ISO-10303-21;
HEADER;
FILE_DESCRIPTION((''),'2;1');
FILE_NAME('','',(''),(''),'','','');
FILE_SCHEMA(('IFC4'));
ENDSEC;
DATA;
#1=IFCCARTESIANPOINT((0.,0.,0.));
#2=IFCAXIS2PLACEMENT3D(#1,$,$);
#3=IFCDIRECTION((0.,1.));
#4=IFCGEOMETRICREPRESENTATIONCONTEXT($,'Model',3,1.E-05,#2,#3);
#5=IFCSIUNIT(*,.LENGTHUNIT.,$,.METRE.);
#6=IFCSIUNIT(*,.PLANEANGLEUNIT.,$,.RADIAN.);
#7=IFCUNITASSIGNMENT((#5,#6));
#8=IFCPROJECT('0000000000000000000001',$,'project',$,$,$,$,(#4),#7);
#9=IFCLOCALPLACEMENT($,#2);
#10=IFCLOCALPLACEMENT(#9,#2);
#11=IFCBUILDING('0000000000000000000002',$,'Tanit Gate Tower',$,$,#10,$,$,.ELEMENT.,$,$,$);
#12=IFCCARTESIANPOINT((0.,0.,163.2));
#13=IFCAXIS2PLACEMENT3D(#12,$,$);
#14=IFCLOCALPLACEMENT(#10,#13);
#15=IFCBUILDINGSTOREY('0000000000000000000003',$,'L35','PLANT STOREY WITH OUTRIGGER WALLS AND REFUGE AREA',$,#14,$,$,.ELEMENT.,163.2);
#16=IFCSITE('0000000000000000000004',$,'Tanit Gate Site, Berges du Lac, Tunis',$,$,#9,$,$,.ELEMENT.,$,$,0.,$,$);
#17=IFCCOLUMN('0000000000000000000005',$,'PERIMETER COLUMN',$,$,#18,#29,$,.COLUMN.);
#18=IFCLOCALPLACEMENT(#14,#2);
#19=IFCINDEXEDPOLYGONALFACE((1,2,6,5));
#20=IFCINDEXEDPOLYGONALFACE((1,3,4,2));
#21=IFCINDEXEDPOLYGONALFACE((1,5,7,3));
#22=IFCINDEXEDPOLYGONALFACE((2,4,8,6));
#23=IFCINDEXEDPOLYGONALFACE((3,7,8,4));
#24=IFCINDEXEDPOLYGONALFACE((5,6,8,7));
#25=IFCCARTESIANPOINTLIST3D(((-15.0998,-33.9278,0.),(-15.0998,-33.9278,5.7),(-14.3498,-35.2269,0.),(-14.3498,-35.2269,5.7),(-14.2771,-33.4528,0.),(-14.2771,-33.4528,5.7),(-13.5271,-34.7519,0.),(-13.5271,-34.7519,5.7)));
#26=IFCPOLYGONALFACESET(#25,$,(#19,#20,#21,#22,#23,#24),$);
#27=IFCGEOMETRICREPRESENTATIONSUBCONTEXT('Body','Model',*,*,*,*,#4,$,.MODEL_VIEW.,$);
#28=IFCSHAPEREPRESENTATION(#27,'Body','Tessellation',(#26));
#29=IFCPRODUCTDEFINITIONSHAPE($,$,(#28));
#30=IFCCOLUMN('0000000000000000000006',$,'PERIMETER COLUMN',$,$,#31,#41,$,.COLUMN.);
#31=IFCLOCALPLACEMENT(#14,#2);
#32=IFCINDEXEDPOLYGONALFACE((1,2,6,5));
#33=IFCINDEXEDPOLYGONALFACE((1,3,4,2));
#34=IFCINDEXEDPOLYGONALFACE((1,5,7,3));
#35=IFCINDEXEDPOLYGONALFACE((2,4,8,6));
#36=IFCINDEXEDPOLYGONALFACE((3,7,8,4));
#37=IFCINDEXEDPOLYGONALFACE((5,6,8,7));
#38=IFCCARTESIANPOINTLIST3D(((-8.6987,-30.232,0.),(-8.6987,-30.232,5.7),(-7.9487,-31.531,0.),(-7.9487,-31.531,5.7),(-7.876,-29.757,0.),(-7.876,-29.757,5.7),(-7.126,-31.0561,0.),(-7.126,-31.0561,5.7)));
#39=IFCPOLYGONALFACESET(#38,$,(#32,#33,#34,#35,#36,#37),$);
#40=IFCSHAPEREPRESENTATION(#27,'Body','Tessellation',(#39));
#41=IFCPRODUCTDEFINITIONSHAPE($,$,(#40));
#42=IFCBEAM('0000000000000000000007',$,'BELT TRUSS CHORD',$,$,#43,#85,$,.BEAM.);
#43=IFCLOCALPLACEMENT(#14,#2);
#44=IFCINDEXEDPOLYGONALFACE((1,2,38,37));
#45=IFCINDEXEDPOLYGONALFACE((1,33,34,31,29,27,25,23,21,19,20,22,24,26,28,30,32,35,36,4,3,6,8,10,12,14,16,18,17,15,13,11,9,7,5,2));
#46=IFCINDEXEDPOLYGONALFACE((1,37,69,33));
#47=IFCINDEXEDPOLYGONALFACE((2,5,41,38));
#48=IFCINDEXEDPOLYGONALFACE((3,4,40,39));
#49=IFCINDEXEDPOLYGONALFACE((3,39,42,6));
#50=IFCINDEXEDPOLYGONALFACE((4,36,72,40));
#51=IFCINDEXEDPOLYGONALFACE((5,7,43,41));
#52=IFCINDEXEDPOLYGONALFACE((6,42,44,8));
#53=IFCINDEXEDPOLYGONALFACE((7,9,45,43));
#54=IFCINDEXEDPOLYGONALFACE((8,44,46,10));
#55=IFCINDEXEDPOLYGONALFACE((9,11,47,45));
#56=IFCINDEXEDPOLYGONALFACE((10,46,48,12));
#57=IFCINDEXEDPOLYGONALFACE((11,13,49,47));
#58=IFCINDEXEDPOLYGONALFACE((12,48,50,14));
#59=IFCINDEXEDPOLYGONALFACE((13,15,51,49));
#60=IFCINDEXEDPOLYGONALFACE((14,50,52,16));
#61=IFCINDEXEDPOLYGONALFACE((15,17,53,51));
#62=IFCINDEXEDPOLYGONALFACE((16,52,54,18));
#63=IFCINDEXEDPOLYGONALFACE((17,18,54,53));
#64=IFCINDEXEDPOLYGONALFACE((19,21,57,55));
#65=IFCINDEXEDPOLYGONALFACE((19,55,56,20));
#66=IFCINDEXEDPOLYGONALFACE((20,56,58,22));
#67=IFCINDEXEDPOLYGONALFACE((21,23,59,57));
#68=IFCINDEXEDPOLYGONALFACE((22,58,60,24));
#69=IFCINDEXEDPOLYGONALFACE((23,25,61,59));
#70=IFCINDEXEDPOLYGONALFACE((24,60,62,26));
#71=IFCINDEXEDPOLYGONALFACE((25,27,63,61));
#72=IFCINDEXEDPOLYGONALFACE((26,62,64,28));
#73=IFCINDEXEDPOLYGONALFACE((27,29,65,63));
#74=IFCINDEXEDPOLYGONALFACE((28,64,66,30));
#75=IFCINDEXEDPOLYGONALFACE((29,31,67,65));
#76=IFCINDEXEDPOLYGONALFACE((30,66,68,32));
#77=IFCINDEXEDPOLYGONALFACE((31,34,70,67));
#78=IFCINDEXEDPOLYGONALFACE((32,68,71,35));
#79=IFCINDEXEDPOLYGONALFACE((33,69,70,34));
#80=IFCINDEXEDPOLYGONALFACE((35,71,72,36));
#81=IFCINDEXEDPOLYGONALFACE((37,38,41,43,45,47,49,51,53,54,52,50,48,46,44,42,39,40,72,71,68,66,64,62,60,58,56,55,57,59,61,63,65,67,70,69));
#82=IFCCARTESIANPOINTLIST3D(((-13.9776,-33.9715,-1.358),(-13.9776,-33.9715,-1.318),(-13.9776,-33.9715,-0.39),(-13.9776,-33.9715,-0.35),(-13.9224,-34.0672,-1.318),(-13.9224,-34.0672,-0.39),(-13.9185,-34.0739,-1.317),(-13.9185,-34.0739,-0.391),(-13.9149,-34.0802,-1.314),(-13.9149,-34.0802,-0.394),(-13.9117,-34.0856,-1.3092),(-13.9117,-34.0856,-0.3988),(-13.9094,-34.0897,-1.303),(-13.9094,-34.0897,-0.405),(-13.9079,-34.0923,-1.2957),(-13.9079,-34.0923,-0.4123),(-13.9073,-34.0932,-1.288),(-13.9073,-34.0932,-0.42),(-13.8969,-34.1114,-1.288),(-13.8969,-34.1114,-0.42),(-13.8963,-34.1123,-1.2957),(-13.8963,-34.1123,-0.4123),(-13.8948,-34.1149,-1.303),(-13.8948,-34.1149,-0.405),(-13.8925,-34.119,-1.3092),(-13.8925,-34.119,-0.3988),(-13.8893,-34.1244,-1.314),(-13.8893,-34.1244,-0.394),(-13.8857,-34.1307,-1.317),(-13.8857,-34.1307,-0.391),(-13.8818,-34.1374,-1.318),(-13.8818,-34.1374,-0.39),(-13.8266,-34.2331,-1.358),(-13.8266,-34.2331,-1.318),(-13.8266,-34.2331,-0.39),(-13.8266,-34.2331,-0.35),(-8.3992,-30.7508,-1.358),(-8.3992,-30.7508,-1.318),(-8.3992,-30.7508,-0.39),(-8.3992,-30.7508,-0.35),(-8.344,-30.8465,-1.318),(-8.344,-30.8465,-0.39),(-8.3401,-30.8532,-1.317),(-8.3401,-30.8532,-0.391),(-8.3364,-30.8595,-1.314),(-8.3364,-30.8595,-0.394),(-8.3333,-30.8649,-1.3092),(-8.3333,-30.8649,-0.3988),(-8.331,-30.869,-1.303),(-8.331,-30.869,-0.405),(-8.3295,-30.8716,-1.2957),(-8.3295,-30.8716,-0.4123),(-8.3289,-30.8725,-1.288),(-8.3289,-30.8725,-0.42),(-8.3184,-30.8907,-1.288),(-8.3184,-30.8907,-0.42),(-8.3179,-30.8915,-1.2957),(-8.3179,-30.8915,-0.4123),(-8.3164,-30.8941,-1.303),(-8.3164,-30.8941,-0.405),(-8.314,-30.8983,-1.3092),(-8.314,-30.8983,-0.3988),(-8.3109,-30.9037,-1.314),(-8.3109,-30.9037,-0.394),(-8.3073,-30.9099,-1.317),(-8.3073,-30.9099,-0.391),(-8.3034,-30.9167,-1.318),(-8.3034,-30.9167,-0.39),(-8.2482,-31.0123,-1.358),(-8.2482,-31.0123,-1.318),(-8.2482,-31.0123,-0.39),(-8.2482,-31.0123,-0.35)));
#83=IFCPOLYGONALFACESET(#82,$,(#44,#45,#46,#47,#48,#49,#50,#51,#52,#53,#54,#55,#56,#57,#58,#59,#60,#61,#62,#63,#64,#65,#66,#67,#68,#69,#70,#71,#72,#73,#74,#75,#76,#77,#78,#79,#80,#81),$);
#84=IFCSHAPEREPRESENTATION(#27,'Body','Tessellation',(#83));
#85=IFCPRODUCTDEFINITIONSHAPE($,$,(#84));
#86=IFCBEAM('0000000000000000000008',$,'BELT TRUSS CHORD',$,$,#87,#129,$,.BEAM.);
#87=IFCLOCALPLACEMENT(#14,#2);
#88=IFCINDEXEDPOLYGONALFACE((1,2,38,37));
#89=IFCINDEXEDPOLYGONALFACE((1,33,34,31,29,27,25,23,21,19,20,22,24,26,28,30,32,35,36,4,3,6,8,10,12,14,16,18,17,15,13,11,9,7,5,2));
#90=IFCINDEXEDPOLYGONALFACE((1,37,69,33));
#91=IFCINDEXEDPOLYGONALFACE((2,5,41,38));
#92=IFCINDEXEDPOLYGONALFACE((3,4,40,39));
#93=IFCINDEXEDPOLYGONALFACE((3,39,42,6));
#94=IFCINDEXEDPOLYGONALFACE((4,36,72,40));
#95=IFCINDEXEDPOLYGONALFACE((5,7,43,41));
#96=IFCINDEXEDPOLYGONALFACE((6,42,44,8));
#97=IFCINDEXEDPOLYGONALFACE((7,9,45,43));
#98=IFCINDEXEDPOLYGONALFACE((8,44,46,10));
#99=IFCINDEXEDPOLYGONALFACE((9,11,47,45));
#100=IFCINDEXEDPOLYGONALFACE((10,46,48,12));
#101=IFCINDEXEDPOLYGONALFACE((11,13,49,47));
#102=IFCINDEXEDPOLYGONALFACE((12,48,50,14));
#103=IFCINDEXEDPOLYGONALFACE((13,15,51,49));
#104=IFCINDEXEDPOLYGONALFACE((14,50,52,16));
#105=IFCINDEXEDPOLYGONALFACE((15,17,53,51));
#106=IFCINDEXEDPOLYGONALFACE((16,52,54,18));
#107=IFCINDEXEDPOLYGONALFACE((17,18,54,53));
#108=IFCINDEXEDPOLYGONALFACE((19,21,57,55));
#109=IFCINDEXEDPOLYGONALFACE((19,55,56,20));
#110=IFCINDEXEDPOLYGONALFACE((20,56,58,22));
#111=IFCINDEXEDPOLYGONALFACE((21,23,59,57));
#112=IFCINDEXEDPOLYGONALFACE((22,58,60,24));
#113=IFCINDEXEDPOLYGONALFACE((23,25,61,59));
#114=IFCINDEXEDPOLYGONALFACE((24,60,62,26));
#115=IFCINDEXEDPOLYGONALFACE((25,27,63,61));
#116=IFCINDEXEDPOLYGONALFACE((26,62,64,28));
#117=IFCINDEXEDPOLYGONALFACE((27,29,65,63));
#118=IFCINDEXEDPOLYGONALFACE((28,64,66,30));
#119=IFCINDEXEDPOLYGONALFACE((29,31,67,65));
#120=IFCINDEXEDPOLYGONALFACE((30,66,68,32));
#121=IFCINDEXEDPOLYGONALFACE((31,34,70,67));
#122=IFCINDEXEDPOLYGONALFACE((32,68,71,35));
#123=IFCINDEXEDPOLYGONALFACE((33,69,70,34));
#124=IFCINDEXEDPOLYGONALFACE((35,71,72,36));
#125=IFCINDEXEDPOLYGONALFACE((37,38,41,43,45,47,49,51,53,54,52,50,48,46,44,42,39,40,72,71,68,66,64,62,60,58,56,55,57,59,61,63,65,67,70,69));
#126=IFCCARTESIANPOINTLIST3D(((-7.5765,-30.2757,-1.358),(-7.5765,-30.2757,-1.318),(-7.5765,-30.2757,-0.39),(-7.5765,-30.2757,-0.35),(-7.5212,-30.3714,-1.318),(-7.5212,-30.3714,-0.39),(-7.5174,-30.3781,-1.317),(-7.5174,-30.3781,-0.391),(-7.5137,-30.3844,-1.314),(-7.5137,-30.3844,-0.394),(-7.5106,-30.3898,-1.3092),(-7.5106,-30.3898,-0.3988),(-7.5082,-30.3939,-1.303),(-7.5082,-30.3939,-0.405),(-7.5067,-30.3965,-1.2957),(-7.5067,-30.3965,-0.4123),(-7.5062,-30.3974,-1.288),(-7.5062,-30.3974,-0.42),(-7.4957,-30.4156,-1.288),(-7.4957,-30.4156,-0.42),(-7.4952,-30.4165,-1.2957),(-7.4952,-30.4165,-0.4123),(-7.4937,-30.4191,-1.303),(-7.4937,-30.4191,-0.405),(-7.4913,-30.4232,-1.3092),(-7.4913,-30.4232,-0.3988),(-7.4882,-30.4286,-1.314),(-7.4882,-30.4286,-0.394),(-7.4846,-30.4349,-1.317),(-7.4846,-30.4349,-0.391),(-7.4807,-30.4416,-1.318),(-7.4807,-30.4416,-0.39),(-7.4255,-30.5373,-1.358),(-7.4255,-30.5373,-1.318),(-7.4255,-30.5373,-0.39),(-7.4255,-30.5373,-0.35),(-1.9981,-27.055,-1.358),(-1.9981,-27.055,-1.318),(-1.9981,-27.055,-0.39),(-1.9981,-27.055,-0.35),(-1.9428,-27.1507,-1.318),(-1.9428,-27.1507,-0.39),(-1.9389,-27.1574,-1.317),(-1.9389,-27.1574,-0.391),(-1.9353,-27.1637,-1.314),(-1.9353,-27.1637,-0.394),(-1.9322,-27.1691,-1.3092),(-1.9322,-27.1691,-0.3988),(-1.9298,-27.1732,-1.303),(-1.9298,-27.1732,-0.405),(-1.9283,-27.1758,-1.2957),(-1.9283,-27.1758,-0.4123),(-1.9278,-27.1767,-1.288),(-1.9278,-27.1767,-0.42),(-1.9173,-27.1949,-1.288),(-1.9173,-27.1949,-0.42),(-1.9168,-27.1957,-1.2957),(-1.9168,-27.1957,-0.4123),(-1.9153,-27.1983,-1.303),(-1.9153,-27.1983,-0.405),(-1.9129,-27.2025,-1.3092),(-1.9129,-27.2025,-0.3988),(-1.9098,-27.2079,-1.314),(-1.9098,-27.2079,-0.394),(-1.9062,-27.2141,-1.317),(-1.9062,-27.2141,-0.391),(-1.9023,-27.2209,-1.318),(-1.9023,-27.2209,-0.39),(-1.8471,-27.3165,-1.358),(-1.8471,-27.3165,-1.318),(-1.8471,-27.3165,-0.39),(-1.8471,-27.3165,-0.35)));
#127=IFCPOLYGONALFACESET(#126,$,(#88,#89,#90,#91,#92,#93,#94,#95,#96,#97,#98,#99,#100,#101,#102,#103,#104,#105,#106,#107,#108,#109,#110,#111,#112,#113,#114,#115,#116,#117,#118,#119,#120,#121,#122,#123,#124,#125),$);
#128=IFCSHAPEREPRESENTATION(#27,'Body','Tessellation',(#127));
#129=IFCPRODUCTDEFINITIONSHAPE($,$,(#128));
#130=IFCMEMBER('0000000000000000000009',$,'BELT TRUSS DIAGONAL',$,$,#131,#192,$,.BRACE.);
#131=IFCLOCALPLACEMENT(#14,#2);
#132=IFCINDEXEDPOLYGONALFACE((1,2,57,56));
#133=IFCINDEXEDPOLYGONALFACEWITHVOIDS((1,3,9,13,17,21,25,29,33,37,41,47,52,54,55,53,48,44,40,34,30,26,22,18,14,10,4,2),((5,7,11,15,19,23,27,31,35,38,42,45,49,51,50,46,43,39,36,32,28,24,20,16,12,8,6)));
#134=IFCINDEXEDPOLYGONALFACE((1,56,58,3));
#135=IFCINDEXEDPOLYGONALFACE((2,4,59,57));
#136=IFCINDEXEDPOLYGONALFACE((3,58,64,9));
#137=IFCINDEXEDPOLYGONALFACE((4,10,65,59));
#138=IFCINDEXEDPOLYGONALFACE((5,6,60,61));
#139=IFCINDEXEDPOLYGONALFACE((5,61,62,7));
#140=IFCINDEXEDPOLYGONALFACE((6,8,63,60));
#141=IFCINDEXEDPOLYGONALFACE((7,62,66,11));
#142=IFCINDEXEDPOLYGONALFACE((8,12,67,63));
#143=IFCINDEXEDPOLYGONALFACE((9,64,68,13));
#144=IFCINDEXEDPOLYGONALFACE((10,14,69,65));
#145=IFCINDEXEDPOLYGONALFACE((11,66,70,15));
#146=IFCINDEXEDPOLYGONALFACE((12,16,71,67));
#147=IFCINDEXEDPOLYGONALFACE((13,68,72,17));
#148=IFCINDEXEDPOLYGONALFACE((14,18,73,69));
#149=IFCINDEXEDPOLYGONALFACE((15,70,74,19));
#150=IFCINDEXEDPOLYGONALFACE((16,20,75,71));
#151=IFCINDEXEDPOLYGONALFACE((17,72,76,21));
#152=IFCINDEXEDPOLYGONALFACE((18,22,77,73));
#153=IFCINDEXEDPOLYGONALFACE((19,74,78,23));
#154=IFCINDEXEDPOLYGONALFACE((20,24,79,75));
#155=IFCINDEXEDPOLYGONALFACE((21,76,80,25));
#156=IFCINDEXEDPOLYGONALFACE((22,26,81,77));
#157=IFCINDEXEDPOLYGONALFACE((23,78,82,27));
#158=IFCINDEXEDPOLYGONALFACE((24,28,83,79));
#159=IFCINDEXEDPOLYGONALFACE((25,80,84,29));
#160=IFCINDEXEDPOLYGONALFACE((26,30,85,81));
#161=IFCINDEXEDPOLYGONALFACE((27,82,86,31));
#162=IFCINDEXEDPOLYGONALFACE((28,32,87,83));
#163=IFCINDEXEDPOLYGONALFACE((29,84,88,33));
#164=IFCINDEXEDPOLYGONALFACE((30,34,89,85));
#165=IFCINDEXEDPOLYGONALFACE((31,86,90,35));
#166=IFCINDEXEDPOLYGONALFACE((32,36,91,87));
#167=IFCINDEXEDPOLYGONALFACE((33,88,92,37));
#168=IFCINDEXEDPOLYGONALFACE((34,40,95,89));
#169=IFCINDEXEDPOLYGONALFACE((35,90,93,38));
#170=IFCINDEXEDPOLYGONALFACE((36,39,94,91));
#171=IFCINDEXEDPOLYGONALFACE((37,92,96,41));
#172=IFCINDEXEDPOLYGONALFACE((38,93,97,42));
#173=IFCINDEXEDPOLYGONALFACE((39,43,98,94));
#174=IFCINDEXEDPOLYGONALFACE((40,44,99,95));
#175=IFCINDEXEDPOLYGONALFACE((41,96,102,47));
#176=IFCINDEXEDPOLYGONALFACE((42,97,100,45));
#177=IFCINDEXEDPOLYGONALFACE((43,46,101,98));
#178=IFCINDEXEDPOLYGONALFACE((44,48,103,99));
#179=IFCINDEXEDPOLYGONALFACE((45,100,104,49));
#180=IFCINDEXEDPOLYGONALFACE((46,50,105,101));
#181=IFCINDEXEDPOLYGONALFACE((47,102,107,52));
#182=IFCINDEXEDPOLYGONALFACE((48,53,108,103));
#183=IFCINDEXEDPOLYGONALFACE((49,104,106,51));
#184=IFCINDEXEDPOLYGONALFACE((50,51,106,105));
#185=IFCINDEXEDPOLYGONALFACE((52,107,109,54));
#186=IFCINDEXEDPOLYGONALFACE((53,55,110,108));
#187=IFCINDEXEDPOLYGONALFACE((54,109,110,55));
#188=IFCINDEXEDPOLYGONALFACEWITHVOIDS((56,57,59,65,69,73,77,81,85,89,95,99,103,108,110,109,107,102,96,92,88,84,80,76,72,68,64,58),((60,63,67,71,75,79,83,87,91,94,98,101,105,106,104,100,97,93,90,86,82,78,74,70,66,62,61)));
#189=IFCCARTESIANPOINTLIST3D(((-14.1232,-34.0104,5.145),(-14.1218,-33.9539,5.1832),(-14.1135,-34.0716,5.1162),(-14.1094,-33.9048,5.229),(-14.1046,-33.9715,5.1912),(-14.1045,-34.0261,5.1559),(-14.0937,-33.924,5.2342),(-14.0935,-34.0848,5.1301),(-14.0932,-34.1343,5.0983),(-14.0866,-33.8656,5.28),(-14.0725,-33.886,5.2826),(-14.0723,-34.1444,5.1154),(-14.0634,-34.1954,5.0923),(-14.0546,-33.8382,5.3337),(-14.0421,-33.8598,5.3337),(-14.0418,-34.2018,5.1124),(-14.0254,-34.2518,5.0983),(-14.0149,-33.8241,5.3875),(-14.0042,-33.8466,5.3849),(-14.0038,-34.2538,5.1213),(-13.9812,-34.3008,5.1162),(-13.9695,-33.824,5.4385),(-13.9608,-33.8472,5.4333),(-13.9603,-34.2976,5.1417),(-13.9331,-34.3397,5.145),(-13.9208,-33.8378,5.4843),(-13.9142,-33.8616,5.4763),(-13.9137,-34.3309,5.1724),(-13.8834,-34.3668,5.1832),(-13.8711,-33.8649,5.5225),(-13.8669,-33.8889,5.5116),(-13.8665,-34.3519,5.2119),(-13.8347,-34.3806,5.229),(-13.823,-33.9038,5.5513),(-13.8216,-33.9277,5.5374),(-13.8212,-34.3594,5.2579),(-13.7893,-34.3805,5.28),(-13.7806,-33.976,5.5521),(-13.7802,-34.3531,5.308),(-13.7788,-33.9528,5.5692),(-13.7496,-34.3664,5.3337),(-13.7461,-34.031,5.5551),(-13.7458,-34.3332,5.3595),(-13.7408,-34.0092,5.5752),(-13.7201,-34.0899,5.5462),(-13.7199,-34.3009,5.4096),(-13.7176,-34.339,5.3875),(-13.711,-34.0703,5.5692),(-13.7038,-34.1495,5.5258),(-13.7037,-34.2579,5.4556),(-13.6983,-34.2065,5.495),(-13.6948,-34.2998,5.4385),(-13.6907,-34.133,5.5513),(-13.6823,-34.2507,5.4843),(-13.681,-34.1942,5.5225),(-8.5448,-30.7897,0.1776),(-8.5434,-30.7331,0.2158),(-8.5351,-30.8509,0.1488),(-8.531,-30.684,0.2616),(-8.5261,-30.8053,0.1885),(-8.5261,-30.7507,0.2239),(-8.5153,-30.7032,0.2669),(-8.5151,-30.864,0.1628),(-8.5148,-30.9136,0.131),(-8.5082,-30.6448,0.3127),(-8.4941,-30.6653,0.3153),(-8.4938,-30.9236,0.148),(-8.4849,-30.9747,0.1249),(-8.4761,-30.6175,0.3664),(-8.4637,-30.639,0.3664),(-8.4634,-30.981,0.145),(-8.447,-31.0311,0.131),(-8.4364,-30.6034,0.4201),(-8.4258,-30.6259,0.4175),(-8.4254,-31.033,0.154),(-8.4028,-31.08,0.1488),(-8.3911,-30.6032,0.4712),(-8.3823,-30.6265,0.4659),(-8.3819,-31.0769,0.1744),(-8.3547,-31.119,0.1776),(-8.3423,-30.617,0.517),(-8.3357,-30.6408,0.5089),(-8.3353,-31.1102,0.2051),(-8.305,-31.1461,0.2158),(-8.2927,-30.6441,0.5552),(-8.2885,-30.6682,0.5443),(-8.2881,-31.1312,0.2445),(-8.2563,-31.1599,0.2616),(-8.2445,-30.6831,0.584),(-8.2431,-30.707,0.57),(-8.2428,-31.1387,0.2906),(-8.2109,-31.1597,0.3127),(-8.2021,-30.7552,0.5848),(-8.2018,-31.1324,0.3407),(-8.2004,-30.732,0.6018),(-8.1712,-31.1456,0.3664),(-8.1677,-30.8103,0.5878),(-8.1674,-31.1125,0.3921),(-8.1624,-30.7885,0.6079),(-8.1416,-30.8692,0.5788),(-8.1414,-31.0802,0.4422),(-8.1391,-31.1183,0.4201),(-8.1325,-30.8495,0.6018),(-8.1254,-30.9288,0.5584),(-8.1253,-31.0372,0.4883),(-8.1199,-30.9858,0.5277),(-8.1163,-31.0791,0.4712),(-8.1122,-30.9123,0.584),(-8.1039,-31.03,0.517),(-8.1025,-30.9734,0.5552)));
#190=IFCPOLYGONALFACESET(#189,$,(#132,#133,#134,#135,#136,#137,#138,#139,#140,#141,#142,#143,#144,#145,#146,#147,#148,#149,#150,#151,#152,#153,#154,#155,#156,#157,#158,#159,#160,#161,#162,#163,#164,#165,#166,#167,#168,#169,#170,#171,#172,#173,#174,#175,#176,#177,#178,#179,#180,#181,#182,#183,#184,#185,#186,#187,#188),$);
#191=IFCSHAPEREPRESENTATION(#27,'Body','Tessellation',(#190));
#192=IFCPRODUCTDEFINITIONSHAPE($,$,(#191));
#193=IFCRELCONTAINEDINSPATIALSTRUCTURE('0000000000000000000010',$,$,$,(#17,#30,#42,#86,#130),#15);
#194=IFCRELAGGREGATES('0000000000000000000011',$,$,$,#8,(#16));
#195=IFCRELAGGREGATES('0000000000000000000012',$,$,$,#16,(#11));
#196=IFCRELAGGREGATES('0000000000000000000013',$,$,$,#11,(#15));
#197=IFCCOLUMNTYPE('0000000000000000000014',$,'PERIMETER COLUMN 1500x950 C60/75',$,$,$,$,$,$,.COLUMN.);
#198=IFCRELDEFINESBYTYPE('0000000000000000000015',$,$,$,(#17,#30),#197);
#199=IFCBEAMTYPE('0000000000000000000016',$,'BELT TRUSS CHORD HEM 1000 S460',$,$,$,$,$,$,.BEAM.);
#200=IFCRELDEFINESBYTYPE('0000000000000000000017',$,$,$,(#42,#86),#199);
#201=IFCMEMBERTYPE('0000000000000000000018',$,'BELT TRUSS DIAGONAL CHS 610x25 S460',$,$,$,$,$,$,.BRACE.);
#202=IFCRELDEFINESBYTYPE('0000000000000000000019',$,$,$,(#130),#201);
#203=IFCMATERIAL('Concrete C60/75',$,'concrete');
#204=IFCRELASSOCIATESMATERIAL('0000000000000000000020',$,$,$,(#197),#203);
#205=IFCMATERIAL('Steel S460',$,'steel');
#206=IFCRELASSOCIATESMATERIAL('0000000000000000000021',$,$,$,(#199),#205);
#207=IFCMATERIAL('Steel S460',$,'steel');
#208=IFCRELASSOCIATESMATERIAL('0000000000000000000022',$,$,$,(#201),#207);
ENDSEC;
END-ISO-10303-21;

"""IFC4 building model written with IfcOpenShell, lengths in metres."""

from ifc_helpers import new_model, si_unit, direction, frame, origin, origin_2d, place, context, subcontext, project, spatial, rectangle, hollow_circle, i_section, extrude, material, material_profile, profile_set, type_object, element, save


model = new_model("IFC4")

# Units and contexts
model_context = context("Model", 3, precision=1e-05, world=origin(), true_north=direction((0.0, 1.0)))
body_context = subcontext(model_context, "Body", "Model", "MODEL_VIEW")
ifc_project = project(units=[si_unit("LENGTHUNIT", "METRE"), si_unit("PLANEANGLEUNIT", "RADIAN")], contexts=[model_context])

# Site, building, storey
site_placement = place(None, origin())
site = spatial("IfcSite", under=ifc_project, at=site_placement, Name="Tanit Gate Site, Berges du Lac, Tunis", CompositionType="ELEMENT", RefElevation=0.0)
building_placement = place(site_placement, origin())
building = spatial("IfcBuilding", under=site, at=building_placement, Name="Tanit Gate Tower", CompositionType="ELEMENT")
storey_placement = place(building_placement, frame((0.0, 0.0, 163.2)))
storey = spatial("IfcBuildingStorey", under=building, at=storey_placement, Name="L35", Description="PLANT STOREY WITH OUTRIGGER WALLS AND REFUGE AREA", CompositionType="ELEMENT", Elevation=163.2)

# Columns
ifc_material_1 = material(Name="Concrete C60/75", Category="concrete")
ifc_material_profile_1 = material_profile(ifc_material_1, rectangle(XDim=1.5, YDim=0.95, at=origin_2d()), Name="RC 1500x950")
ifc_profile_set_1 = profile_set([ifc_material_profile_1], Name="Concrete C60/75")
column_type = type_object("IfcColumnType", Name="PERIMETER COLUMN 1500x950 C60/75", PredefinedType="COLUMN", material=ifc_profile_set_1)
for number, where, z_axis, x_axis, name in (
    (1, (-14.3135, -34.3398, 0.0), (0.0, 0.0, 1.0), (0.5, -0.866025, 0.0), "PERIMETER COLUMN"),
    (2, (-7.9124, -30.644, 0.0), (0.0, 0.0, 1.0), (0.5, -0.866025, 0.0), "PERIMETER COLUMN"),
):
    element("IfcColumn", number, at=place(storey_placement, frame(where, z_axis=z_axis, x_axis=x_axis)), inside=storey, type_object=column_type, Name=name, PredefinedType="COLUMN", context=body_context, shape_type="SweptSolid", body=[
        extrude(rectangle(XDim=1.5, YDim=0.95, at=origin_2d()), origin(), (0.0, 0.0, 1.0), 5.7),
    ])

# Beams
ifc_material_2 = material(Name="Steel S460", Category="steel")
ifc_material_profile_2 = material_profile(ifc_material_2, i_section(OverallWidth=0.302, OverallDepth=1.0081, WebThickness=0.021, FlangeThickness=0.04, FilletRadius=0.03, at=origin_2d()), Name="HEM 1000")
ifc_profile_set_2 = profile_set([ifc_material_profile_2], Name="Steel S460")
beam_type_1 = type_object("IfcBeamType", Name="BELT TRUSS CHORD HEM 1000 S460", PredefinedType="BEAM", material=ifc_profile_set_2)
for number, where, z_axis, x_axis, name in (
    (3, (-13.9021, -34.1023, -0.854), (0.866023, 0.500004, 0.0), (-0.500004, 0.866023, 0.0), "BELT TRUSS CHORD"),
    (4, (-7.501, -30.4065, -0.854), (0.866023, 0.500004, 0.0), (-0.500004, 0.866023, 0.0), "BELT TRUSS CHORD"),
):
    element("IfcBeam", number, at=place(storey_placement, frame(where, z_axis=z_axis, x_axis=x_axis)), inside=storey, type_object=beam_type_1, Name=name, PredefinedType="BEAM", context=body_context, shape_type="SweptSolid", body=[
        extrude(i_section(OverallWidth=0.302, OverallDepth=1.0081, WebThickness=0.021, FlangeThickness=0.04, FilletRadius=0.03, at=origin_2d()), origin(), (0.0, 0.0, 1.0), 6.4414),
    ])

# Member
ifc_material_3 = material(Name="Steel S460", Category="steel")
ifc_material_profile_3 = material_profile(ifc_material_3, hollow_circle(Radius=0.3049, WallThickness=0.0249, at=origin_2d()), Name="CHS 610x25")
ifc_profile_set_3 = profile_set([ifc_material_profile_3], Name="Steel S460")
member_type = type_object("IfcMemberType", Name="BELT TRUSS DIAGONAL CHS 610x25 S460", PredefinedType="BRACE", material=ifc_profile_set_3)
for number, where, z_axis, x_axis, name in (
    (5, (-13.9021, -34.1023, 5.3337), (0.685793, 0.395946, -0.610667), (-0.500004, 0.866023, 0.0), "BELT TRUSS DIAGONAL"),
):
    element("IfcMember", number, at=place(storey_placement, frame(where, z_axis=z_axis, x_axis=x_axis)), inside=storey, type_object=member_type, Name=name, PredefinedType="BRACE", context=body_context, shape_type="SweptSolid", body=[
        extrude(hollow_circle(Radius=0.3049, WallThickness=0.0249, at=origin_2d()), origin(), (0.0, 0.0, 1.0), 8.1343),
    ])

save(model, "model.ifc")
